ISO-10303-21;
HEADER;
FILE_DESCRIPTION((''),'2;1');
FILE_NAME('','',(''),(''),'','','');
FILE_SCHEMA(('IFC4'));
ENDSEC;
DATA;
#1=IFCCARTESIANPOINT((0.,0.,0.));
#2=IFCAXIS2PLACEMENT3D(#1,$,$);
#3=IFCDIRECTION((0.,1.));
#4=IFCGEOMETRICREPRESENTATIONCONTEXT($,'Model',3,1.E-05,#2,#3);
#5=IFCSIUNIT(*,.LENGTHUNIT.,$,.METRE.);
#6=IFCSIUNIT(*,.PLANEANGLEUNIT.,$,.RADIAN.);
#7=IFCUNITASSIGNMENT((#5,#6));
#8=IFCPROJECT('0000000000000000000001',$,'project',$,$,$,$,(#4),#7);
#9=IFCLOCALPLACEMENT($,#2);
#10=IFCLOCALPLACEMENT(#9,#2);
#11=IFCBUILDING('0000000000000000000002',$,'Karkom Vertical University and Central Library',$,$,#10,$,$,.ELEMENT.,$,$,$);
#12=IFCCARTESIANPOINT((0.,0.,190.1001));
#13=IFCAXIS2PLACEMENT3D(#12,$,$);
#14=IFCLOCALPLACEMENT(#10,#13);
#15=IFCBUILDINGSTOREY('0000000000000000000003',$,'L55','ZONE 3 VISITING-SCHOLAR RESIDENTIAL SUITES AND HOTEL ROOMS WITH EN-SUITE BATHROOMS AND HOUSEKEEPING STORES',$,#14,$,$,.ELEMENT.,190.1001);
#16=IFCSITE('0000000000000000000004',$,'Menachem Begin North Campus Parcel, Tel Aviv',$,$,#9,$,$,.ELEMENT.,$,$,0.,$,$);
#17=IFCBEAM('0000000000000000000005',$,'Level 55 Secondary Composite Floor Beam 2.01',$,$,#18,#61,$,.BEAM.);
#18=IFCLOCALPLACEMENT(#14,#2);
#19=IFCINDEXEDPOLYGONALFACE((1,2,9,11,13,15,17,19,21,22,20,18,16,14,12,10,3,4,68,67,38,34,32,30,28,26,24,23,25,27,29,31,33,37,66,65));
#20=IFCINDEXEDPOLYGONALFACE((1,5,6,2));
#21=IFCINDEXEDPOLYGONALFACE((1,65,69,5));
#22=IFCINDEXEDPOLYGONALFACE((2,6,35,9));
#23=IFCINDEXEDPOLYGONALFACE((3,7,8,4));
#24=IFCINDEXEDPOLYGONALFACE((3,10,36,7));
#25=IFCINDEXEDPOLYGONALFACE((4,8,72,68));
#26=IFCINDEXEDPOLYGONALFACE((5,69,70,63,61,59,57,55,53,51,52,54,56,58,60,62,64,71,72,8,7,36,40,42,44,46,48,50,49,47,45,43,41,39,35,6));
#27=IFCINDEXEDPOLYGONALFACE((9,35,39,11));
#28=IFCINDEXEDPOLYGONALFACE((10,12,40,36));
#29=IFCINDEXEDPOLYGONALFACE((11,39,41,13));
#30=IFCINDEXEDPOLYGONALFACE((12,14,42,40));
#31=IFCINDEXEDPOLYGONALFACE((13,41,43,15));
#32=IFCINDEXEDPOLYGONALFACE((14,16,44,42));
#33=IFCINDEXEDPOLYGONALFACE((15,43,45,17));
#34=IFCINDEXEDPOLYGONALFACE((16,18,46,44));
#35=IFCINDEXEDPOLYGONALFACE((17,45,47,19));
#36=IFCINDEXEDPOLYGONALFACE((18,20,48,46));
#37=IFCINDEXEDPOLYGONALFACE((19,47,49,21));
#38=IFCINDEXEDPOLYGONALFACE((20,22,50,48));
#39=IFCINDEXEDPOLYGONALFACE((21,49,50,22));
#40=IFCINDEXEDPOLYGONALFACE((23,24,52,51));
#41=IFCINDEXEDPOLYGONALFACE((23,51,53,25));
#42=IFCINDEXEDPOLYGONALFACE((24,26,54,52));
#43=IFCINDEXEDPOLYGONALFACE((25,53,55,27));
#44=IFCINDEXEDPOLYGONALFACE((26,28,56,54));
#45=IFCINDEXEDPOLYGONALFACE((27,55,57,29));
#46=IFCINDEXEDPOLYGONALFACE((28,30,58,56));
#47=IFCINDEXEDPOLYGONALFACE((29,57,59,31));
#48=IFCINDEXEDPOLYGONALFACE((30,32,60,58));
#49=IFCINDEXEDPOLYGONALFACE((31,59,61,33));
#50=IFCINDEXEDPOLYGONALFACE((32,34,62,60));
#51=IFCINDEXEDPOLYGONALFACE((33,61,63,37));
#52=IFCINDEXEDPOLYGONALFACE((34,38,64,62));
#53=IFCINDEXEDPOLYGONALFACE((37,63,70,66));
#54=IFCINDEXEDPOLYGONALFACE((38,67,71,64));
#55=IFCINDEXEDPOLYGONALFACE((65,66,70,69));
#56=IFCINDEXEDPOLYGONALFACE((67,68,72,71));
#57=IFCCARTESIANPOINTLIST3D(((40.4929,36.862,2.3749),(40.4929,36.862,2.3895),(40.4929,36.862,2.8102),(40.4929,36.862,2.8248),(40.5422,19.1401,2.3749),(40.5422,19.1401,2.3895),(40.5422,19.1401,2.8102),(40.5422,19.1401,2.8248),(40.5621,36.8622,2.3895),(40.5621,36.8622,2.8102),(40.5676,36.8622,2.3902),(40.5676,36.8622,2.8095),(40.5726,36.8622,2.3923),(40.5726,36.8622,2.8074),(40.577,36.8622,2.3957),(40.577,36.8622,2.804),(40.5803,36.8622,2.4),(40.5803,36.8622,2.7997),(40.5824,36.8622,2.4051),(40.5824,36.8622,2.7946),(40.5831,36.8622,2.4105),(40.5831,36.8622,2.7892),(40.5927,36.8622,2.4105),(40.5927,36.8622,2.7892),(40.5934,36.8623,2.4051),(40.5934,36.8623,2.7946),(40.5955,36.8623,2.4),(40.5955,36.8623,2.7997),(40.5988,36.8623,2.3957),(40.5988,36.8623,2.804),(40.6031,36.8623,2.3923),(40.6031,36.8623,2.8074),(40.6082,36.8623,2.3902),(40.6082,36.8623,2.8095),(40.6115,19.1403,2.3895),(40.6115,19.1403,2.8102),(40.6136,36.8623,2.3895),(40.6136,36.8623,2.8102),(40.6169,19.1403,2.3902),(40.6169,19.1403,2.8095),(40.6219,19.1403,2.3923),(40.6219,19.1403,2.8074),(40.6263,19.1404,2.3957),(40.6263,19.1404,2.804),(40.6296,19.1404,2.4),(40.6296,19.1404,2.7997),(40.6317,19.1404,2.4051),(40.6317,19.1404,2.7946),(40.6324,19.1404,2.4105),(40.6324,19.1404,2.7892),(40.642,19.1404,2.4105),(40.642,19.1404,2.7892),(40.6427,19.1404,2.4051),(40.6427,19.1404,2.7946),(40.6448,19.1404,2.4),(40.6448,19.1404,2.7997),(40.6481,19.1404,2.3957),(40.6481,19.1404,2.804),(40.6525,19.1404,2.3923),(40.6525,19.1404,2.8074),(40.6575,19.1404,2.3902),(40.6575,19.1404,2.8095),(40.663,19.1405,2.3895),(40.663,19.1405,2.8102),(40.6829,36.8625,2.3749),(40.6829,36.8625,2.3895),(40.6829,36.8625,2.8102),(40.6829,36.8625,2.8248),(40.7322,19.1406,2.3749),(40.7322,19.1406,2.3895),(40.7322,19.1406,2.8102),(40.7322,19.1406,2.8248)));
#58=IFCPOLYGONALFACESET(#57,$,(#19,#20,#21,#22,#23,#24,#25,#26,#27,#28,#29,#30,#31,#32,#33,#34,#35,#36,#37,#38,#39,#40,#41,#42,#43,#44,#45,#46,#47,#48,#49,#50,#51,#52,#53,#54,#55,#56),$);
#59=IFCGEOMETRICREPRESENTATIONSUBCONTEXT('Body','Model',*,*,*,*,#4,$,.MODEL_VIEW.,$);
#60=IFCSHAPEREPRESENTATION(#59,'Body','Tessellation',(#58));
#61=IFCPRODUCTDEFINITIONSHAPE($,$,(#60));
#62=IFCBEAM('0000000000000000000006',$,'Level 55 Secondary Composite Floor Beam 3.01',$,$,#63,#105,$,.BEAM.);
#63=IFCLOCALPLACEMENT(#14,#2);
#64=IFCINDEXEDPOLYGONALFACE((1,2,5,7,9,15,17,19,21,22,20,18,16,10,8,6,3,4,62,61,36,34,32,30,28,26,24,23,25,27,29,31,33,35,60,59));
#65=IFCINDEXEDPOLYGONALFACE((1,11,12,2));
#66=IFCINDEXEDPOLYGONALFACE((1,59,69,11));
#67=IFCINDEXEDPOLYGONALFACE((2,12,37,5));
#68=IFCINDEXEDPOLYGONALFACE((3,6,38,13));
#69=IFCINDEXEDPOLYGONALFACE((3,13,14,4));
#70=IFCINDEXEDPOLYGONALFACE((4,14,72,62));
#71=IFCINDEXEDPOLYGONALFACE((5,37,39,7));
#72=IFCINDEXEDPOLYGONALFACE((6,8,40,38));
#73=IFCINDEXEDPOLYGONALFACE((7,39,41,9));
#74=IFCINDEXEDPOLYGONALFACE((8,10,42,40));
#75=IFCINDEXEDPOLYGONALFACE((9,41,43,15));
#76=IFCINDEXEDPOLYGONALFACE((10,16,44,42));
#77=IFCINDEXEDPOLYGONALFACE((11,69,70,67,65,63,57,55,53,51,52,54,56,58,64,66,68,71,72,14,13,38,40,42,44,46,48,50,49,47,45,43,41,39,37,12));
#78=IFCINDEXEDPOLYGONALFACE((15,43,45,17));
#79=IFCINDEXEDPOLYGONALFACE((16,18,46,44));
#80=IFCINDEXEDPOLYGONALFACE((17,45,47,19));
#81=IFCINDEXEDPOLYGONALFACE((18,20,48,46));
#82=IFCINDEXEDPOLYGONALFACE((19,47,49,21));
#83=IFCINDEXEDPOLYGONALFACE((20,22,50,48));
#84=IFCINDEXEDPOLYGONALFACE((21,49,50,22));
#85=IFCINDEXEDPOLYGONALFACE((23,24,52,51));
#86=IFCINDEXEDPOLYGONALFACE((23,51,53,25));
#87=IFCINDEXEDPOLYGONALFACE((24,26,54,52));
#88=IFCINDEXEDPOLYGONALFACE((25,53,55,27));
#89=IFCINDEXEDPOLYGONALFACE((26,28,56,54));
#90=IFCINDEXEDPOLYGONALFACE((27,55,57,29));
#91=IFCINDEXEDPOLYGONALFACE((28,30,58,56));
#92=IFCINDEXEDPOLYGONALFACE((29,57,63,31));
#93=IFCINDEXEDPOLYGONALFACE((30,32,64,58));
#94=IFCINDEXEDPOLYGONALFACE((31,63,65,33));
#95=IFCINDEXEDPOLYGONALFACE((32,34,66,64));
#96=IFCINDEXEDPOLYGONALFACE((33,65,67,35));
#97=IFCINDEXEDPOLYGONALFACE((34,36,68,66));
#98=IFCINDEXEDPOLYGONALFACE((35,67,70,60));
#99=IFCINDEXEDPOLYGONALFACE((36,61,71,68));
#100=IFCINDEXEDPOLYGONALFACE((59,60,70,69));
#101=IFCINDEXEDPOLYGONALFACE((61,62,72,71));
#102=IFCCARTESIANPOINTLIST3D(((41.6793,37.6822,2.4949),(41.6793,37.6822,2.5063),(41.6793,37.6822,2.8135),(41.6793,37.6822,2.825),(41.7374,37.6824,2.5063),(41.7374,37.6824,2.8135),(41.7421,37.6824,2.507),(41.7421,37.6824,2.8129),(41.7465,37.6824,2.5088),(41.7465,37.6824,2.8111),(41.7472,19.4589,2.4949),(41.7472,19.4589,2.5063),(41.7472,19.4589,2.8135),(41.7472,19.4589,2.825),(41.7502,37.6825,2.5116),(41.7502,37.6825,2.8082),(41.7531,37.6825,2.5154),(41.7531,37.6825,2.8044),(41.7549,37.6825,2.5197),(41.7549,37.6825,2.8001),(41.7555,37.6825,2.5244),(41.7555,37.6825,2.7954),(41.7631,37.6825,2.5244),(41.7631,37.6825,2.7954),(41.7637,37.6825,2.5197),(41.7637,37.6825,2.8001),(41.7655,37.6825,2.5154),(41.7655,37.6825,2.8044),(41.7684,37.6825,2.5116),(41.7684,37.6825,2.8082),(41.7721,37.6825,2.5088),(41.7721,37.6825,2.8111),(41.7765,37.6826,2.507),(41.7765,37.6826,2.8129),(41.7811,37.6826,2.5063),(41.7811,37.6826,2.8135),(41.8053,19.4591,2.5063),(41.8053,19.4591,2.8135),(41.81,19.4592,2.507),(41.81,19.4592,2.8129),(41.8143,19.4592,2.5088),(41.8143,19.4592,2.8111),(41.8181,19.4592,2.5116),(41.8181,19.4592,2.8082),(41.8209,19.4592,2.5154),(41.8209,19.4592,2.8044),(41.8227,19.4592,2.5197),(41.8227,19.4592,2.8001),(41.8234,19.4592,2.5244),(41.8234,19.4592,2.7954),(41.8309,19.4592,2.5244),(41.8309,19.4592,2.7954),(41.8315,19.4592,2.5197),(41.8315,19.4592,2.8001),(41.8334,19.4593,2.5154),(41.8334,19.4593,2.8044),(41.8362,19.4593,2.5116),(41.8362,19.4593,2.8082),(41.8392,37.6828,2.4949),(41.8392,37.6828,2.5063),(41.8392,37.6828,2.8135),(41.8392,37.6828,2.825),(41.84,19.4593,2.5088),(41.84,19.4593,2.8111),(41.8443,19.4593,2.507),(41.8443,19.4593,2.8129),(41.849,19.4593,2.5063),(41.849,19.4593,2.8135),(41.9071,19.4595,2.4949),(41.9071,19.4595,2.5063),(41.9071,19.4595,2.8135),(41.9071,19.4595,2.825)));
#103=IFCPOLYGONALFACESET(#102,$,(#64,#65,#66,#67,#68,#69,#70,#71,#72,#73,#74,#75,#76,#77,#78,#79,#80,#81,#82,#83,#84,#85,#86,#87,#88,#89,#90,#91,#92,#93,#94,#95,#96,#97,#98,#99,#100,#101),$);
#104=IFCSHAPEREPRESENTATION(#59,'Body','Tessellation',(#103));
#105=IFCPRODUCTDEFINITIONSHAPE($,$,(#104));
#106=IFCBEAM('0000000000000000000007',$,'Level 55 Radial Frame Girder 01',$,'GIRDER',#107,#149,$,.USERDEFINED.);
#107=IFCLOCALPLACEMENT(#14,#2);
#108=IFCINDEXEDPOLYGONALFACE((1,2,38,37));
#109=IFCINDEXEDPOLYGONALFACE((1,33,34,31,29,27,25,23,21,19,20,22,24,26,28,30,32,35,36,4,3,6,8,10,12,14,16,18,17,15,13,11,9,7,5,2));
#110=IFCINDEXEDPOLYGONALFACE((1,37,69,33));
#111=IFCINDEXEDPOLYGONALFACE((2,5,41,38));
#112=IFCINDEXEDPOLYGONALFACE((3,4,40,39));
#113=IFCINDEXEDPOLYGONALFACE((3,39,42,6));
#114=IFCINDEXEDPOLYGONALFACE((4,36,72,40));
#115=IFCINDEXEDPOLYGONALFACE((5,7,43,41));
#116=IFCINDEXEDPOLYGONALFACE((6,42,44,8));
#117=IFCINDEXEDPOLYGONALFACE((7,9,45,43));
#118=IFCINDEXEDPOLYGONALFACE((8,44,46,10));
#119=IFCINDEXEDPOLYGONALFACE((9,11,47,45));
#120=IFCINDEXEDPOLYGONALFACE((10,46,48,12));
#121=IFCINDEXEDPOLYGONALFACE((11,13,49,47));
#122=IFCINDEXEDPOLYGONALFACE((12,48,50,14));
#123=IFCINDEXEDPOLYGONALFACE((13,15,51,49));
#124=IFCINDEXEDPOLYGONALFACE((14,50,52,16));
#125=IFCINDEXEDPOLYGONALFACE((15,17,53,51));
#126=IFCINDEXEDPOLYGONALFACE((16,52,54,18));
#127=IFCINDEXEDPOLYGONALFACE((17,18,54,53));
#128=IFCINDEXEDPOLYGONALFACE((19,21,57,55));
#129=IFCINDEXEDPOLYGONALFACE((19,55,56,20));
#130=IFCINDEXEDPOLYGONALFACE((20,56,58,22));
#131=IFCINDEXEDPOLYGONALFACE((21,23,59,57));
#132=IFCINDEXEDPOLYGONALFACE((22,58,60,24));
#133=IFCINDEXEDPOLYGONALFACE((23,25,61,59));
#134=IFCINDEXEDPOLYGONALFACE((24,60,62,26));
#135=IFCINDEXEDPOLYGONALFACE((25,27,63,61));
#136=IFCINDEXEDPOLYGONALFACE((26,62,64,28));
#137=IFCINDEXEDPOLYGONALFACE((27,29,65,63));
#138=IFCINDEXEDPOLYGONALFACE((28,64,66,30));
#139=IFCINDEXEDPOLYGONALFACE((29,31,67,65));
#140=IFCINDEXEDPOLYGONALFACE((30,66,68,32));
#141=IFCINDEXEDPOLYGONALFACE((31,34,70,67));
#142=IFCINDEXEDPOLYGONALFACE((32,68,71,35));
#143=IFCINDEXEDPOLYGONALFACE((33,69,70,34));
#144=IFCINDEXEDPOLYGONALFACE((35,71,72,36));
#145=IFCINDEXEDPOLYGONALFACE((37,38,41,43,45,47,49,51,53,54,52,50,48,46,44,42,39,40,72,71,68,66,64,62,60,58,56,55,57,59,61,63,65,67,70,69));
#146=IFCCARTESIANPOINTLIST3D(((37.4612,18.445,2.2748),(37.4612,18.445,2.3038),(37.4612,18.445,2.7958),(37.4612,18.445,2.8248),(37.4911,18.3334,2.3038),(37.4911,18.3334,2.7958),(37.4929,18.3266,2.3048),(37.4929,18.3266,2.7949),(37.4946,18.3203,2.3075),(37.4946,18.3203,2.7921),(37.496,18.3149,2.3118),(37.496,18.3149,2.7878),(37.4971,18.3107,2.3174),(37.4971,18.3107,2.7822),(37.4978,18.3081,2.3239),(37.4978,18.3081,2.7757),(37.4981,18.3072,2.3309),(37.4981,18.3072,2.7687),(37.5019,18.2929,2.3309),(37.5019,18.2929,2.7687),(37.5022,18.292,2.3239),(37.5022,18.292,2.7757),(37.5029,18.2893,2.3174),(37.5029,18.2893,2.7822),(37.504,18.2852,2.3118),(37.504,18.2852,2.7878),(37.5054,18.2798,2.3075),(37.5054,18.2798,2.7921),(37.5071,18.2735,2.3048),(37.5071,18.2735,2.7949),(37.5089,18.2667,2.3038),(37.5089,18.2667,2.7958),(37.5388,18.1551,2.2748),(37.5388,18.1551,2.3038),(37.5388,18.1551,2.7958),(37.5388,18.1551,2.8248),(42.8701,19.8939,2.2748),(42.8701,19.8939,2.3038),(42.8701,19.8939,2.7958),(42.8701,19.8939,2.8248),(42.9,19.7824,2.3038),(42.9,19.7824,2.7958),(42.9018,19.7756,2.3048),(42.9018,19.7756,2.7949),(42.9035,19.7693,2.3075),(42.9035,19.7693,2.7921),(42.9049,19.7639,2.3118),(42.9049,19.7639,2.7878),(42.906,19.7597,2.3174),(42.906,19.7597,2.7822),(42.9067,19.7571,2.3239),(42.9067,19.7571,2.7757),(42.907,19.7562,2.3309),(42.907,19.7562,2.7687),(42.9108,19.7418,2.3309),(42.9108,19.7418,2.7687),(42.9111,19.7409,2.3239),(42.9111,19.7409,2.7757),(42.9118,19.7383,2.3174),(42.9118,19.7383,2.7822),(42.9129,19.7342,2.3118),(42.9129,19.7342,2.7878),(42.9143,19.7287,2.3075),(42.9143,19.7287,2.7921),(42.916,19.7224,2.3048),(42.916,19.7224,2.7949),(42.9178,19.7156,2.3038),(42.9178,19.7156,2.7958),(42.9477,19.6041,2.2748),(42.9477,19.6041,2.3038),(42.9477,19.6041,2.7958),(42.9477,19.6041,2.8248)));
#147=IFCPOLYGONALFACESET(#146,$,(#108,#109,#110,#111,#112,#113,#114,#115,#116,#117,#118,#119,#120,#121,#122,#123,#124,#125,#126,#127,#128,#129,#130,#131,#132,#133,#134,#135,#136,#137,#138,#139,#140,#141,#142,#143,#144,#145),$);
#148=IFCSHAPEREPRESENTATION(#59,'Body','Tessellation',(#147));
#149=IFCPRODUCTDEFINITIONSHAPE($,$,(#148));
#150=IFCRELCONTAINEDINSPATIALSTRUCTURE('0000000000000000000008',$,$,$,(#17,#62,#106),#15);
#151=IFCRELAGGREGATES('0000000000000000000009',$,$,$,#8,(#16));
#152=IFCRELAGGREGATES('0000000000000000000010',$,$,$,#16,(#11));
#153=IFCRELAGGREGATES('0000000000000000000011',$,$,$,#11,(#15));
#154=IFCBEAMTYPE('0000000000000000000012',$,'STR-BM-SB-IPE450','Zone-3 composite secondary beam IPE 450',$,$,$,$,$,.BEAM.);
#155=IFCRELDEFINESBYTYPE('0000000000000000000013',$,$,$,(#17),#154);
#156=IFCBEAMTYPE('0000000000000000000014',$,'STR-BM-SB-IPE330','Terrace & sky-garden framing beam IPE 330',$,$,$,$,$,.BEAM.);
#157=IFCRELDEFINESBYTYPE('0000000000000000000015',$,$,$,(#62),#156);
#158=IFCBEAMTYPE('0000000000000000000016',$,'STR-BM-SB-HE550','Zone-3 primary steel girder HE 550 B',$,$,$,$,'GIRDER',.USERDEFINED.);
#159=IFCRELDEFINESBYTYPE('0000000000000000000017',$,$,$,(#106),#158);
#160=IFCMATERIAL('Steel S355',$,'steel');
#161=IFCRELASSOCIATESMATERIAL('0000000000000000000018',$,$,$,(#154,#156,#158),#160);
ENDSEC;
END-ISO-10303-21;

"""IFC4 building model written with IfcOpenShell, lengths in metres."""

from ifc_helpers import new_model, si_unit, direction, frame, origin, origin_with_axes, origin_2d, place, context, subcontext, project, spatial, i_section, extrude, source, transform, mapped, material, material_profile, profile_set, type_object, element, save


model = new_model("IFC4")

# Units and contexts
model_context = context("Model", 3, precision=1e-05, world=origin(), true_north=direction((0.0, 1.0)))
body_context = subcontext(model_context, "Body", "Model", "MODEL_VIEW")
ifc_project = project(units=[si_unit("LENGTHUNIT", "METRE"), si_unit("PLANEANGLEUNIT", "RADIAN")], contexts=[model_context])

# Site, building, storey
site_placement = place(None, origin())
site = spatial("IfcSite", under=ifc_project, at=site_placement, Name="Menachem Begin North Campus Parcel, Tel Aviv", CompositionType="ELEMENT", RefElevation=0.0)
building_placement = place(site_placement, origin())
building = spatial("IfcBuilding", under=site, at=building_placement, Name="Karkom Vertical University and Central Library", CompositionType="ELEMENT")
storey_placement = place(building_placement, frame((0.0, 0.0, 190.1001)))
storey = spatial("IfcBuildingStorey", under=building, at=storey_placement, Name="L55", Description="ZONE 3 VISITING-SCHOLAR RESIDENTIAL SUITES AND HOTEL ROOMS WITH EN-SUITE BATHROOMS AND HOUSEKEEPING STORES", CompositionType="ELEMENT", Elevation=190.1001)

# Beams
ifc_material_1 = material(Name="Steel S355", Category="steel")
ifc_material_profile_1 = material_profile(ifc_material_1, i_section(OverallWidth=0.1899, OverallDepth=0.45, WebThickness=0.0095, FlangeThickness=0.0146, FilletRadius=0.021, at=origin_2d()), Name="IPE 450")
ifc_profile_set_1 = profile_set([ifc_material_profile_1], Name="Steel S355")
beam_type_1 = type_object("IfcBeamType", Name="STR-BM-SB-IPE450", Description="Zone-3 composite secondary beam IPE 450", PredefinedType="BEAM", material=ifc_profile_set_1)
shared_shape_1 = source(origin_with_axes(), body_context, "Body", "SweptSolid", [
    extrude(i_section(OverallWidth=0.1899, OverallDepth=0.45, WebThickness=0.0095, FlangeThickness=0.0146, FilletRadius=0.021, at=origin_2d()), origin(), (0.0, 0.0, 1.0), 17.7219),
])
beam_1_placement = place(storey_placement, frame((40.6372, 19.1404, 2.5999), z_axis=(-0.002783, 0.999996, 0.0), x_axis=(-0.999996, -0.002783, 0.0)))
element("IfcBeam", 1, at=beam_1_placement, inside=storey, type_object=beam_type_1, Name="Level 55 Secondary Composite Floor Beam 2.01", PredefinedType="BEAM", context=body_context, shape_type="MappedRepresentation", body=[
    mapped(shared_shape_1, transform((0.0, 0.0, 0.0), scale=1.0)),
])
ifc_material_profile_2 = material_profile(ifc_material_1, i_section(OverallWidth=0.1599, OverallDepth=0.3301, WebThickness=0.0076, FlangeThickness=0.0115, FilletRadius=0.0181, at=origin_2d()), Name="IPE 330")
ifc_profile_set_2 = profile_set([ifc_material_profile_2], Name="Steel S355")
beam_type_2 = type_object("IfcBeamType", Name="STR-BM-SB-IPE330", Description="Terrace & sky-garden framing beam IPE 330", PredefinedType="BEAM", material=ifc_profile_set_2)
shared_shape_2 = source(origin_with_axes(), body_context, "Body", "SweptSolid", [
    extrude(i_section(OverallWidth=0.1599, OverallDepth=0.3301, WebThickness=0.0076, FlangeThickness=0.0115, FilletRadius=0.0181, at=origin_2d()), origin(), (0.0, 0.0, 1.0), 18.2234),
])
beam_2_placement = place(storey_placement, frame((41.8271, 19.4592, 2.6599), z_axis=(-0.003724, 0.999993, 0.0), x_axis=(-0.999993, -0.003724, 0.0)))
element("IfcBeam", 2, at=beam_2_placement, inside=storey, type_object=beam_type_2, Name="Level 55 Secondary Composite Floor Beam 3.01", PredefinedType="BEAM", context=body_context, shape_type="MappedRepresentation", body=[
    mapped(shared_shape_2, transform((0.0, 0.0, 0.0), scale=1.0)),
])
ifc_material_profile_3 = material_profile(ifc_material_1, i_section(OverallWidth=0.3, OverallDepth=0.55, WebThickness=0.0149, FlangeThickness=0.0291, FilletRadius=0.0271, at=origin_2d()), Name="HE 550 B")
ifc_profile_set_3 = profile_set([ifc_material_profile_3], Name="Steel S355")
beam_type_3 = type_object("IfcBeamType", Name="STR-BM-SB-HE550", Description="Zone-3 primary steel girder HE 550 B", ElementType="GIRDER", PredefinedType="USERDEFINED", material=ifc_profile_set_3)
shared_shape_3 = source(origin_with_axes(), body_context, "Body", "SweptSolid", [
    extrude(i_section(OverallWidth=0.3, OverallDepth=0.55, WebThickness=0.0149, FlangeThickness=0.0291, FilletRadius=0.0271, at=origin_2d()), origin(), (0.0, 0.0, 1.0), 5.5996),
])
beam_3_placement = place(storey_placement, frame((37.5, 18.3, 2.5498), z_axis=(0.965941, 0.258762, 0.0), x_axis=(-0.258762, 0.965941, 0.0)))
element("IfcBeam", 3, at=beam_3_placement, inside=storey, type_object=beam_type_3, Name="Level 55 Radial Frame Girder 01", ObjectType="GIRDER", PredefinedType="USERDEFINED", context=body_context, shape_type="MappedRepresentation", body=[
    mapped(shared_shape_3, transform((0.0, 0.0, 0.0), scale=1.0)),
])

save(model, "model.ifc")
